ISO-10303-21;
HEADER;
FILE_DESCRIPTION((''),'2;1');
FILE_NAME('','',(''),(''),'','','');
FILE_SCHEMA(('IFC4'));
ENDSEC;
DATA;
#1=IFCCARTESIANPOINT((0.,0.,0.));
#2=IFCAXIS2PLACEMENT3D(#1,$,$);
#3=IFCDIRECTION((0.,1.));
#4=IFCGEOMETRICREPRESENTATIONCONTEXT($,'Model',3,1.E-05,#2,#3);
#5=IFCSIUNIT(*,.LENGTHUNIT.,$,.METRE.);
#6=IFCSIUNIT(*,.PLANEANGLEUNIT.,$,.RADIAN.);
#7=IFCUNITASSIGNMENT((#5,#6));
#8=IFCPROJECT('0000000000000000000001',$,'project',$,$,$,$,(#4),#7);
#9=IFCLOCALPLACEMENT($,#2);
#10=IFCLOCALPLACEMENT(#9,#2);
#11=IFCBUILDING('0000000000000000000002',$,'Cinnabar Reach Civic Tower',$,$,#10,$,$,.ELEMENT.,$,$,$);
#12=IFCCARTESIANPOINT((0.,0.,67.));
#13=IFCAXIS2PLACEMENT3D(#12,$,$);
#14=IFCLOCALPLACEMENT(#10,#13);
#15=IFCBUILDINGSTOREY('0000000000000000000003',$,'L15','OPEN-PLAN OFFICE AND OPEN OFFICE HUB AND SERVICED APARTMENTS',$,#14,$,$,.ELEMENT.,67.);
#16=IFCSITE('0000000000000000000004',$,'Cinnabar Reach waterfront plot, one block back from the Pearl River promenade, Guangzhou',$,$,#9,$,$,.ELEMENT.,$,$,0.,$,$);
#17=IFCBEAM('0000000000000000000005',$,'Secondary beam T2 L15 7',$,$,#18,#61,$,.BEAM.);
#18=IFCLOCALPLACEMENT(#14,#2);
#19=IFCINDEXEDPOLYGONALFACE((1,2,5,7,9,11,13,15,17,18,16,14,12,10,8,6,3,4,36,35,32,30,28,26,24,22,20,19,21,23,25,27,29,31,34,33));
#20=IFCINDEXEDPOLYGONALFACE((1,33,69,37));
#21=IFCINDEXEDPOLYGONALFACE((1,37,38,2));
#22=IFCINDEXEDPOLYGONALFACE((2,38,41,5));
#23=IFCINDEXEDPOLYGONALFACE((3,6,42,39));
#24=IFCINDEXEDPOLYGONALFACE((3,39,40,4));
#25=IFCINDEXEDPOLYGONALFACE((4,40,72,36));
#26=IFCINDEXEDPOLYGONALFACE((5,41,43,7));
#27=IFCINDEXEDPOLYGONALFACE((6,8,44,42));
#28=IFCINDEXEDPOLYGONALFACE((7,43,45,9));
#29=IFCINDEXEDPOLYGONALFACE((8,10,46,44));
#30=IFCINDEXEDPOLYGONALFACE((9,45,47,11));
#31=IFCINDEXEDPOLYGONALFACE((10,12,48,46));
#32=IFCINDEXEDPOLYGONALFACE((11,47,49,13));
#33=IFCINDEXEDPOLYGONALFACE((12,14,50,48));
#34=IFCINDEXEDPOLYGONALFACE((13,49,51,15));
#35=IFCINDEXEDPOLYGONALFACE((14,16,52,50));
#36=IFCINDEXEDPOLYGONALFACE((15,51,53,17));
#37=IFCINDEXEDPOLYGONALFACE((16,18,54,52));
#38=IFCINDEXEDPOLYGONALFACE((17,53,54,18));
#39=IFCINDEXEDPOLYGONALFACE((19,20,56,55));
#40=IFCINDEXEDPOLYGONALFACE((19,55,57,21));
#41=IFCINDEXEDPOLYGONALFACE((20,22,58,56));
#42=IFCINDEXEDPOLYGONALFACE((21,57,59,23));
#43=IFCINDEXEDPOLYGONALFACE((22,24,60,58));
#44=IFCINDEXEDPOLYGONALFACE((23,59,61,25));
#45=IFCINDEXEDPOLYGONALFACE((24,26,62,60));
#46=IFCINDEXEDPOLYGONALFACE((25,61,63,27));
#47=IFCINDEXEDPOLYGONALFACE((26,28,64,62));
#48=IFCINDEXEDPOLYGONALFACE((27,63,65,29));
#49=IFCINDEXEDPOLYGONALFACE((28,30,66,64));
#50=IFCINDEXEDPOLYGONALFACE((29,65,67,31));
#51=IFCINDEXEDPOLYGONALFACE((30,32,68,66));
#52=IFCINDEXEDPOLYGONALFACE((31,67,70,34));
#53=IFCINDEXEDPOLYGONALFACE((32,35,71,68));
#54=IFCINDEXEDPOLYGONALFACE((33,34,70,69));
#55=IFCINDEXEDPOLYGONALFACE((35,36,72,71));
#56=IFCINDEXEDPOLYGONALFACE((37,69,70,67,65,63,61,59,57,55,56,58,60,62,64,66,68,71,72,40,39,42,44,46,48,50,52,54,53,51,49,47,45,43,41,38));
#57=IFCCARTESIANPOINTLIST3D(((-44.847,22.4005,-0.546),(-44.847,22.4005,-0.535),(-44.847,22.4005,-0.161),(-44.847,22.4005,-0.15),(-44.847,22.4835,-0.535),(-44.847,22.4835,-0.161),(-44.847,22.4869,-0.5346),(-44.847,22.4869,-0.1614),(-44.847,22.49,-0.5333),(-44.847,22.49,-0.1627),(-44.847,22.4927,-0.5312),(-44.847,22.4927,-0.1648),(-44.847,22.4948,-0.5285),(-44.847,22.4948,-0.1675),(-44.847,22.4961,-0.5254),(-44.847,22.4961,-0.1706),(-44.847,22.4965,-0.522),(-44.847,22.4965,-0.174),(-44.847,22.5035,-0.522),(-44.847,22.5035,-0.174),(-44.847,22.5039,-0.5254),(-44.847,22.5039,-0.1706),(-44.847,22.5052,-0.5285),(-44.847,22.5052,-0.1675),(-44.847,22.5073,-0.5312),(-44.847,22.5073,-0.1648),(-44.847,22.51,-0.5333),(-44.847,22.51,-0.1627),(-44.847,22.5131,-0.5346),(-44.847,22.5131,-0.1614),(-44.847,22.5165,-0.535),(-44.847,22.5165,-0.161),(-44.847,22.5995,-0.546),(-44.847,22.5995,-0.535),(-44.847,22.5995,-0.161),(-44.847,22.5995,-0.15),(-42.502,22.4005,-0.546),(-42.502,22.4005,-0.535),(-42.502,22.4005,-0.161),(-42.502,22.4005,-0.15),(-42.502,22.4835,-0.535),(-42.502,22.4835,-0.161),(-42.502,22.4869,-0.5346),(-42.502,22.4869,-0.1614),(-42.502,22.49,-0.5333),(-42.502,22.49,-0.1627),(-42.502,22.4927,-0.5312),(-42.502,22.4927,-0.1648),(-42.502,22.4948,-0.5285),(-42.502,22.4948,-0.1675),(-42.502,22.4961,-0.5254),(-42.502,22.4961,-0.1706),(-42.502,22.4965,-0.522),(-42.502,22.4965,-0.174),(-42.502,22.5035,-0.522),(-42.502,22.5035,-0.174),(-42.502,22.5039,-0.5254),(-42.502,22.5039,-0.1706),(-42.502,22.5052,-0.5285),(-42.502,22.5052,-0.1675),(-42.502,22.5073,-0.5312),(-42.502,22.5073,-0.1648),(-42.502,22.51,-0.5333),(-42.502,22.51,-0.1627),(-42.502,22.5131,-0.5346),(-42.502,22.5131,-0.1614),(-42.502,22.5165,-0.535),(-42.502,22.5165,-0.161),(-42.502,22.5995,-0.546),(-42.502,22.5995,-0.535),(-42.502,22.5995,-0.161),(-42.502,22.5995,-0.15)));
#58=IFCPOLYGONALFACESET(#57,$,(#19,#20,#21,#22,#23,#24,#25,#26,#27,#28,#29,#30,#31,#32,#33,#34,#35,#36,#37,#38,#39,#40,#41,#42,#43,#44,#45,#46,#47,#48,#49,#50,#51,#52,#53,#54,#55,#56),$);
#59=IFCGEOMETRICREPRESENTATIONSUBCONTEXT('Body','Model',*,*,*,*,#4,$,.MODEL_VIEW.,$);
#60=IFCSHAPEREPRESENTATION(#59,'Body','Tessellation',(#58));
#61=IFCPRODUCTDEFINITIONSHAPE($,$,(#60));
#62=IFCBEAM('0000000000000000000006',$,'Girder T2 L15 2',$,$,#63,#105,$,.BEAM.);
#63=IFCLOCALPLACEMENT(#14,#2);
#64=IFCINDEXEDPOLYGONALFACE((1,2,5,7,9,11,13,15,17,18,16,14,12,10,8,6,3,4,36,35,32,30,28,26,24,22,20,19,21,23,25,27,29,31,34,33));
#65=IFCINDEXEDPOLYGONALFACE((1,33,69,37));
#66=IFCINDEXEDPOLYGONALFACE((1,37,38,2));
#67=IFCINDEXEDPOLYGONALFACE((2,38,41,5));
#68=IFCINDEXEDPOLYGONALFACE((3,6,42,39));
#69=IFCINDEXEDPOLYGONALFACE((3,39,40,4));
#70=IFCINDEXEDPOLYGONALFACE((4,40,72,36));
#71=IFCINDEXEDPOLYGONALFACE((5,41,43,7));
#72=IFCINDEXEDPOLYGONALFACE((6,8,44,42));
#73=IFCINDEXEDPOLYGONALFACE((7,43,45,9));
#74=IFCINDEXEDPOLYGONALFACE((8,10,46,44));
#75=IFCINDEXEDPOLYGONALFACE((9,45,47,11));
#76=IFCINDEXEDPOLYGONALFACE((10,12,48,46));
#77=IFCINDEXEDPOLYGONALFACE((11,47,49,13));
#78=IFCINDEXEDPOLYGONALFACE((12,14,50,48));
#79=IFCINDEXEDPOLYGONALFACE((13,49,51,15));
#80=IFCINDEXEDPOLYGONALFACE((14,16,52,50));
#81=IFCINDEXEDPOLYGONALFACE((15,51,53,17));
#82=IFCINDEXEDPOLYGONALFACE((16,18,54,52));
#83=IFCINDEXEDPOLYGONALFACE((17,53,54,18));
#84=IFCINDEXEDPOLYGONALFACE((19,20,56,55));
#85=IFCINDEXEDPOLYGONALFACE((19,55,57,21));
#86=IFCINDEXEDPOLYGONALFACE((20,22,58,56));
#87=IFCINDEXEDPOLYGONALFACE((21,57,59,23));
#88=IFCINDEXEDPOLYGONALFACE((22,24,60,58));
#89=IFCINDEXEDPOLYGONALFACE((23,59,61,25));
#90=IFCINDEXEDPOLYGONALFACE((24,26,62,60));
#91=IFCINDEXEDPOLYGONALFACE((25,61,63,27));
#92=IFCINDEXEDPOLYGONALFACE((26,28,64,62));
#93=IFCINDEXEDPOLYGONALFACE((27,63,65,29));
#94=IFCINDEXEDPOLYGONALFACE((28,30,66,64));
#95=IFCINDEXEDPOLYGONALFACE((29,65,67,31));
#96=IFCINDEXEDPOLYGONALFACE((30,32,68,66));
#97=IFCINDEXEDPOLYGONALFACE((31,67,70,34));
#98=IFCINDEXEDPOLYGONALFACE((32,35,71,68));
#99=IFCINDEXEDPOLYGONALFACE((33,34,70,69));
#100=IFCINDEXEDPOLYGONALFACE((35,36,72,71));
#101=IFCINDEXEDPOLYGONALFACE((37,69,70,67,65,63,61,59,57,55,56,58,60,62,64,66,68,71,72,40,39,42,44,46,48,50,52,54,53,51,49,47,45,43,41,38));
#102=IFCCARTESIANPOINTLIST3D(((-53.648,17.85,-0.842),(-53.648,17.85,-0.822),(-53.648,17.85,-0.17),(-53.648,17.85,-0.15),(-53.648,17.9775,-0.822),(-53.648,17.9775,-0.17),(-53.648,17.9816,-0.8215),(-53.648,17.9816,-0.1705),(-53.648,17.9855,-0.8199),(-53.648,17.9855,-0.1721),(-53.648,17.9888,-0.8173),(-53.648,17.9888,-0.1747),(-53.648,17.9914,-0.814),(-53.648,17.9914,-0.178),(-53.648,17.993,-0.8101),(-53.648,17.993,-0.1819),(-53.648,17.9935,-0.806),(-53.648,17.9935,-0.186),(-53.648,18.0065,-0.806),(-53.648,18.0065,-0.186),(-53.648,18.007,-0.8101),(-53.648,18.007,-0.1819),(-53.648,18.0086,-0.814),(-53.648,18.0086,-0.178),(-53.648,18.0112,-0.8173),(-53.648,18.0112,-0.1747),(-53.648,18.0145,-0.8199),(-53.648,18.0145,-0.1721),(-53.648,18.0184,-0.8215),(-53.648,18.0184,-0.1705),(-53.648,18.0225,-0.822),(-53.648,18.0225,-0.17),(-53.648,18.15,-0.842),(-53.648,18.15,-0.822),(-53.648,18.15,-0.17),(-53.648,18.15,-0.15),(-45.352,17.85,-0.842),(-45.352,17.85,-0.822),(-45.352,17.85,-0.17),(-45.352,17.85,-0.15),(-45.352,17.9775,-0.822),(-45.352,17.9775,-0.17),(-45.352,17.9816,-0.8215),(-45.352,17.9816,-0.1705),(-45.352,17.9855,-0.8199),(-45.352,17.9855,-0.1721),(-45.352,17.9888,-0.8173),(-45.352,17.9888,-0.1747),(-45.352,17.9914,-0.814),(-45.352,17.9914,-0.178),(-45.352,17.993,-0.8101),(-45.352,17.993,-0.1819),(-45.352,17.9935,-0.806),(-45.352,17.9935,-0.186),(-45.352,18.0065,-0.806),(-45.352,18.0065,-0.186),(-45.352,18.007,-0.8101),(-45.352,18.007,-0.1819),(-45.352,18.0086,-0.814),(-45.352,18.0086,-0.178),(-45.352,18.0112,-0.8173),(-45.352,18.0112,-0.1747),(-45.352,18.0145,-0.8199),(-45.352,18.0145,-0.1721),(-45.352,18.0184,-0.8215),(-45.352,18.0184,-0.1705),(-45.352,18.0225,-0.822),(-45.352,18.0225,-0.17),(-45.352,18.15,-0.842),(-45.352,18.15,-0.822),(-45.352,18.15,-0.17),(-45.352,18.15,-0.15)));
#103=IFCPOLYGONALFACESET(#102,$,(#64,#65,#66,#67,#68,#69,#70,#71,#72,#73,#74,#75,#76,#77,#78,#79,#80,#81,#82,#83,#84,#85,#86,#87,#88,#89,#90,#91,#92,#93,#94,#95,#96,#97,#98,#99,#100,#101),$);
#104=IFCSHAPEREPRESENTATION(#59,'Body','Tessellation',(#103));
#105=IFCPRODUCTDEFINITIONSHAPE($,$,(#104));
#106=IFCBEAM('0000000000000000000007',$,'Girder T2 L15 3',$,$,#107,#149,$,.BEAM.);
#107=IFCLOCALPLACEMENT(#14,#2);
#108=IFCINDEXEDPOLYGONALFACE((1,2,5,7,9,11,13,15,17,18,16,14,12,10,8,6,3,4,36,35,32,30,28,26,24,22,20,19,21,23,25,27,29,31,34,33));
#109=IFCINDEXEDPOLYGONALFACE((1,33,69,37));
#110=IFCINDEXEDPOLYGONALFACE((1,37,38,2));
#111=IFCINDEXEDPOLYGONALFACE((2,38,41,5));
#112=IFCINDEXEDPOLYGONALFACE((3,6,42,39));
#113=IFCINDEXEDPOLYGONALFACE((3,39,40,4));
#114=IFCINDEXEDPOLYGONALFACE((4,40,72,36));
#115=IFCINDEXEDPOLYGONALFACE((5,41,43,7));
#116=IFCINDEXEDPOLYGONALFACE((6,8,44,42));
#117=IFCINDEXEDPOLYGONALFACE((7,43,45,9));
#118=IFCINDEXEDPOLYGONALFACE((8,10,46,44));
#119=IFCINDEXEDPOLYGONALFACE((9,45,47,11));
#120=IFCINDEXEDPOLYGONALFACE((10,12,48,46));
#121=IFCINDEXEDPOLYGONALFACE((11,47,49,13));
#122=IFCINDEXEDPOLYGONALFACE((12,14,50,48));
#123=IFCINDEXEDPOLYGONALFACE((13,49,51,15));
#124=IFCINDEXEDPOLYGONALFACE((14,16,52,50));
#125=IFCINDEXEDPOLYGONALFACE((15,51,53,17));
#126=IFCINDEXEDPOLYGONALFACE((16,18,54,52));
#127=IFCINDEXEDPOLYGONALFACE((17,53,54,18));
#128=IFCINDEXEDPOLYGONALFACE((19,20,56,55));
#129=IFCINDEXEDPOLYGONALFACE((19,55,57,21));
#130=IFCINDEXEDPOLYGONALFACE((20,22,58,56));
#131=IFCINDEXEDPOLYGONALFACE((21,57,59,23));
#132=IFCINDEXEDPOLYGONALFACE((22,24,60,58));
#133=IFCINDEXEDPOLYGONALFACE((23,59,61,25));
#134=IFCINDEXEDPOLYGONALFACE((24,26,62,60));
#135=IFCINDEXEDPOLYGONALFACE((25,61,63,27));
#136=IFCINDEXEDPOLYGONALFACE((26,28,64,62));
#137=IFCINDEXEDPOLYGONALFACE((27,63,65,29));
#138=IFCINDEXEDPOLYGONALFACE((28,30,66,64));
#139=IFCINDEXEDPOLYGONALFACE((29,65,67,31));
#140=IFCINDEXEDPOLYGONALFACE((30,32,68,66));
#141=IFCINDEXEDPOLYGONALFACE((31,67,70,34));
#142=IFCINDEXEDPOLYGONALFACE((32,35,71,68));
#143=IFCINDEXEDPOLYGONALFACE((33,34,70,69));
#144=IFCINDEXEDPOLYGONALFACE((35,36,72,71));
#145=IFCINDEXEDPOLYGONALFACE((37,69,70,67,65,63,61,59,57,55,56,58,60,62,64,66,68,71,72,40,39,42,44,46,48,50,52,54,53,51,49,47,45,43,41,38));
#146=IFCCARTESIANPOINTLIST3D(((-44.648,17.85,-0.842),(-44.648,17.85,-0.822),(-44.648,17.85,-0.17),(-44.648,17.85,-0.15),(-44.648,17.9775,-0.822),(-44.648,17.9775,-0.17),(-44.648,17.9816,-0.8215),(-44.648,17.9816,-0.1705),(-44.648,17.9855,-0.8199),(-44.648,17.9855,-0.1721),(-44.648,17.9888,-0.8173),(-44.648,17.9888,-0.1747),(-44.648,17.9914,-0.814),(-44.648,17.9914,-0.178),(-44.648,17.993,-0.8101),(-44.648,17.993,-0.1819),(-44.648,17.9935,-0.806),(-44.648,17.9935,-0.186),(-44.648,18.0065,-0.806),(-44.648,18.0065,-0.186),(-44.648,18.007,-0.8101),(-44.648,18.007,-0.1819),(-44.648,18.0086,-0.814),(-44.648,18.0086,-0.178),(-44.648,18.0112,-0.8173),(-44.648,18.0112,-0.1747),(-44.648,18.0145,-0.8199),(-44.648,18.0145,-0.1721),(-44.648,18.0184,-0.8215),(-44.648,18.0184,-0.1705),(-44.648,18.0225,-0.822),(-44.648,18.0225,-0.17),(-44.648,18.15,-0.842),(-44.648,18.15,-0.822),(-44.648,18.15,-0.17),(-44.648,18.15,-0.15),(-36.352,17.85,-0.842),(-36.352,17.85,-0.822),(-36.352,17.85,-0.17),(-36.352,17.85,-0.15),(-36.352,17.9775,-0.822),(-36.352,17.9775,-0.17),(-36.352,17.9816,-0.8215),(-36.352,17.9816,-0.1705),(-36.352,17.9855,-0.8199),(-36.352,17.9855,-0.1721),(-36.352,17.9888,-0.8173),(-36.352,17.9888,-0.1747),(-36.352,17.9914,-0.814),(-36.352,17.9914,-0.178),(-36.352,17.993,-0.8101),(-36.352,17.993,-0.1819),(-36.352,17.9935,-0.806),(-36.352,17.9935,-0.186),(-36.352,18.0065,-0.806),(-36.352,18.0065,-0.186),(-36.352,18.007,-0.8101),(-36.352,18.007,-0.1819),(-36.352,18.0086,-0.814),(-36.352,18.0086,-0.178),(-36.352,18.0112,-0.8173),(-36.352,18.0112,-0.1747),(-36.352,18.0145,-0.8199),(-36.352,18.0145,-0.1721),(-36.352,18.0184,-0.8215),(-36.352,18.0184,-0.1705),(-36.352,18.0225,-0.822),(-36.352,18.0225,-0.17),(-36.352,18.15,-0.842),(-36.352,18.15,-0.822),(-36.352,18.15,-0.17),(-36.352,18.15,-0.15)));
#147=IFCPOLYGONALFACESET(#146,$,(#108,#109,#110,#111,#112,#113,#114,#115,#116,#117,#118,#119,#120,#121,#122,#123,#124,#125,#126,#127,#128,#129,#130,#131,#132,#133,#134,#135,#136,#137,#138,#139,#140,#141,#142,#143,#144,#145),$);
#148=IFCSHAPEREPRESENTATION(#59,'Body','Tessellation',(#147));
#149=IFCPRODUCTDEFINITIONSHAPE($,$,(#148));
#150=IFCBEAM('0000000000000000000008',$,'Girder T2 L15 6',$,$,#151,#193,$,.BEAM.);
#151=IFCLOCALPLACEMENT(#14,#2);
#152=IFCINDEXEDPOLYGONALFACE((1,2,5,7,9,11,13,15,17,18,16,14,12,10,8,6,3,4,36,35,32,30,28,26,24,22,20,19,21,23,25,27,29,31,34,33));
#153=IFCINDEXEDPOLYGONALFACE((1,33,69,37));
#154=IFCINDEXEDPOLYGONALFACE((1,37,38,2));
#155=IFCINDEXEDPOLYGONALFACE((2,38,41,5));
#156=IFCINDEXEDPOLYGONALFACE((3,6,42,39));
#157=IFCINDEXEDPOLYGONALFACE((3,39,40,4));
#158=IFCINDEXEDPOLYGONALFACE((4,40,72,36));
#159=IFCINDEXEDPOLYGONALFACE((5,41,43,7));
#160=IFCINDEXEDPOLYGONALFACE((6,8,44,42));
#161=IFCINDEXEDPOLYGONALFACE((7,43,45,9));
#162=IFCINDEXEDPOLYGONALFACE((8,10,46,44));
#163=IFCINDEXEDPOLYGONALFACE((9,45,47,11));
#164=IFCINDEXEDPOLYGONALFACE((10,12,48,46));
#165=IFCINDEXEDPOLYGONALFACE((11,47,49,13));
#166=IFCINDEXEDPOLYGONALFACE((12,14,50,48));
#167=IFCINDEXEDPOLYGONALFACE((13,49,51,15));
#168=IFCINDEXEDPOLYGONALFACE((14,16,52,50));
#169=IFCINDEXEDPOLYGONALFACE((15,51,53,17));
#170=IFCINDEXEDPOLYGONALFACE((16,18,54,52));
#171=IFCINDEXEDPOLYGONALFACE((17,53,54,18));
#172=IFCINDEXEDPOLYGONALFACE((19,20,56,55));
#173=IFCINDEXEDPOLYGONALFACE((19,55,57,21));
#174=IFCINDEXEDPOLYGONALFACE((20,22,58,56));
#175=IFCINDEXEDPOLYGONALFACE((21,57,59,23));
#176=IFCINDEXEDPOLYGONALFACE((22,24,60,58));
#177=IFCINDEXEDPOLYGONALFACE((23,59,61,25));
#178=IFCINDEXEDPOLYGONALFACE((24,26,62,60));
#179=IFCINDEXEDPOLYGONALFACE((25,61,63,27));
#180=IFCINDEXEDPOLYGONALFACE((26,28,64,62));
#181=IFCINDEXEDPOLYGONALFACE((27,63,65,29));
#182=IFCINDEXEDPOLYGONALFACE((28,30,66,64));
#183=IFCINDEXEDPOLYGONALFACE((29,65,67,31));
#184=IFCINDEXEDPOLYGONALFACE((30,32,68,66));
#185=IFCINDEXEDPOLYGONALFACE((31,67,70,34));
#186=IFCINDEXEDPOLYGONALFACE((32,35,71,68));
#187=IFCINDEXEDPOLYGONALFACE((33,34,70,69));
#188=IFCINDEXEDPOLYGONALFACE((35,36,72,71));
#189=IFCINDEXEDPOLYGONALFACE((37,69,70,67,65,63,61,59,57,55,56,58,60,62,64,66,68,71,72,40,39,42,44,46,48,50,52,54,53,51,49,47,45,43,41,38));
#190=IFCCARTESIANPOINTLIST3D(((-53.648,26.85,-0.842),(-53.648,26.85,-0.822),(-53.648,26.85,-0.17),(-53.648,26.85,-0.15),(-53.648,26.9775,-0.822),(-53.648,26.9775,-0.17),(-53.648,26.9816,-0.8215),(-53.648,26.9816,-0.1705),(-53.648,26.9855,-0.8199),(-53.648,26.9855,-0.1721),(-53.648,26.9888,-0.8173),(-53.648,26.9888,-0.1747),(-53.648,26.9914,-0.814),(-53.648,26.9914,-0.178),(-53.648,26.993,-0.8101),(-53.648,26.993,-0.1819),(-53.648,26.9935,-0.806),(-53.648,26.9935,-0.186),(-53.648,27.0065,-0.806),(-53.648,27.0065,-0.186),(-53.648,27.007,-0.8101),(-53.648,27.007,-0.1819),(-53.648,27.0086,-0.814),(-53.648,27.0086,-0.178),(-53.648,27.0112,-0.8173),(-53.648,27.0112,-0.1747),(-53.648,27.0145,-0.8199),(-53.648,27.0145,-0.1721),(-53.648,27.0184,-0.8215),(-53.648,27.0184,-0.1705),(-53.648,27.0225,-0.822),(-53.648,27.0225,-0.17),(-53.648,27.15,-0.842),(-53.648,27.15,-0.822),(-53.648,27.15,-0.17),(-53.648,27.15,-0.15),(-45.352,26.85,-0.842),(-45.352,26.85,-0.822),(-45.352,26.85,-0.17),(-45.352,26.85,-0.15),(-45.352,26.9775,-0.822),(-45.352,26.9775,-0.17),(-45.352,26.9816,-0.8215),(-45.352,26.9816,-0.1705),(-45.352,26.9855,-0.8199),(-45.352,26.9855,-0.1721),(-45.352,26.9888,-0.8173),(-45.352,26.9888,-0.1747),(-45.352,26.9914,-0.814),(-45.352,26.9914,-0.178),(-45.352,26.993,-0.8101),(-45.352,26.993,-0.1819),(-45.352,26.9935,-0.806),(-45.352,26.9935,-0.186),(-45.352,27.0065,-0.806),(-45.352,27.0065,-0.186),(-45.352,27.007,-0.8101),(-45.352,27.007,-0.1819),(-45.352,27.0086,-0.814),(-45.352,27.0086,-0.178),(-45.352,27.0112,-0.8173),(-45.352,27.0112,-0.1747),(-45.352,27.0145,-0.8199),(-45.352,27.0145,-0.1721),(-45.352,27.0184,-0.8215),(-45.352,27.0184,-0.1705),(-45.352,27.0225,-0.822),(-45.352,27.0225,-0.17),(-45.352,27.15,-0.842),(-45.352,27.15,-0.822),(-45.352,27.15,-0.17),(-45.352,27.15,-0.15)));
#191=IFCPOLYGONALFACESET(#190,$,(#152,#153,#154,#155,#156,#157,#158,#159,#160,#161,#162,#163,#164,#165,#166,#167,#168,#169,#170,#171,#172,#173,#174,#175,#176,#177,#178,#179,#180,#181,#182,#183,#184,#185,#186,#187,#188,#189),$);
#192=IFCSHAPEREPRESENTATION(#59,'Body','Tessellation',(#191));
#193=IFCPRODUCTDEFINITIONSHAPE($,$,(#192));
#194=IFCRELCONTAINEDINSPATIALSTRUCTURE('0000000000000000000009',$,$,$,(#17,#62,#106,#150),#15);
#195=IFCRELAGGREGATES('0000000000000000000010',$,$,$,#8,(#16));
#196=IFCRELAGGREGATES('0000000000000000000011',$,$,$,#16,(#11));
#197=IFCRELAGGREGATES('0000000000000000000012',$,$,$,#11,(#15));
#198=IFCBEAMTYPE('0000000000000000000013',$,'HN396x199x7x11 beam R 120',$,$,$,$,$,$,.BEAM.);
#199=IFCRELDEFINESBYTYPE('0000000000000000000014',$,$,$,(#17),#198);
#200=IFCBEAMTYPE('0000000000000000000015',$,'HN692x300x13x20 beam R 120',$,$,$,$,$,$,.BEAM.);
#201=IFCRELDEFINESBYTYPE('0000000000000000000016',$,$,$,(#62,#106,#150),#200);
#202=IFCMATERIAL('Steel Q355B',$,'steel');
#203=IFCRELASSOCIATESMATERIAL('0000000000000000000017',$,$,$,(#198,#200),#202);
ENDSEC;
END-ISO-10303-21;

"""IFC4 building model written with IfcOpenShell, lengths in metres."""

from ifc_helpers import new_model, si_unit, direction, frame, origin, origin_2d, place, context, subcontext, project, spatial, i_section, extrude, material, material_profile, profile_set, type_object, element, save


model = new_model("IFC4")

# Units and contexts
model_context = context("Model", 3, precision=1e-05, world=origin(), true_north=direction((0.0, 1.0)))
body_context = subcontext(model_context, "Body", "Model", "MODEL_VIEW")
ifc_project = project(units=[si_unit("LENGTHUNIT", "METRE"), si_unit("PLANEANGLEUNIT", "RADIAN")], contexts=[model_context])

# Site, building, storey
site_placement = place(None, origin())
site = spatial("IfcSite", under=ifc_project, at=site_placement, Name="Cinnabar Reach waterfront plot, one block back from the Pearl River promenade, Guangzhou", CompositionType="ELEMENT", RefElevation=0.0)
building_placement = place(site_placement, origin())
building = spatial("IfcBuilding", under=site, at=building_placement, Name="Cinnabar Reach Civic Tower", CompositionType="ELEMENT")
storey_placement = place(building_placement, frame((0.0, 0.0, 67.0)))
storey = spatial("IfcBuildingStorey", under=building, at=storey_placement, Name="L15", Description="OPEN-PLAN OFFICE AND OPEN OFFICE HUB AND SERVICED APARTMENTS", CompositionType="ELEMENT", Elevation=67.0)

# Beams
ifc_material_1 = material(Name="Steel Q355B", Category="steel")
ifc_material_profile_1 = material_profile(ifc_material_1, i_section(OverallWidth=0.199, OverallDepth=0.396, WebThickness=0.007, FlangeThickness=0.011, FilletRadius=0.013, at=origin_2d()), Name="HN396x199x7x11")
ifc_profile_set_1 = profile_set([ifc_material_profile_1], Name="Steel Q355B")
beam_type_1 = type_object("IfcBeamType", Name="HN396x199x7x11 beam R 120", PredefinedType="BEAM", material=ifc_profile_set_1)
beam_1_placement = place(storey_placement, frame((-44.847, 22.5, -0.348), z_axis=(1.0, 0.0, 0.0), x_axis=(0.0, 1.0, 0.0)))
element("IfcBeam", 1, at=beam_1_placement, inside=storey, type_object=beam_type_1, Name="Secondary beam T2 L15 7", PredefinedType="BEAM", context=body_context, shape_type="SweptSolid", body=[
    extrude(i_section(OverallWidth=0.199, OverallDepth=0.396, WebThickness=0.007, FlangeThickness=0.011, FilletRadius=0.013, at=origin_2d()), origin(), (0.0, 0.0, 1.0), 2.345),
])
ifc_material_profile_2 = material_profile(ifc_material_1, i_section(OverallWidth=0.3, OverallDepth=0.692, WebThickness=0.013, FlangeThickness=0.02, FilletRadius=0.016, at=origin_2d()), Name="HN692x300x13x20")
ifc_profile_set_2 = profile_set([ifc_material_profile_2], Name="Steel Q355B")
beam_type_2 = type_object("IfcBeamType", Name="HN692x300x13x20 beam R 120", PredefinedType="BEAM", material=ifc_profile_set_2)
for number, where, z_axis, x_axis, name in (
    (2, (-53.648, 18.0, -0.496), (1.0, 0.0, 0.0), (0.0, 1.0, 0.0), "Girder T2 L15 2"),
    (3, (-44.648, 18.0, -0.496), (1.0, 0.0, 0.0), (0.0, 1.0, 0.0), "Girder T2 L15 3"),
    (4, (-53.648, 27.0, -0.496), (1.0, 0.0, 0.0), (0.0, 1.0, 0.0), "Girder T2 L15 6"),
):
    element("IfcBeam", number, at=place(storey_placement, frame(where, z_axis=z_axis, x_axis=x_axis)), inside=storey, type_object=beam_type_2, Name=name, PredefinedType="BEAM", context=body_context, shape_type="SweptSolid", body=[
        extrude(i_section(OverallWidth=0.3, OverallDepth=0.692, WebThickness=0.013, FlangeThickness=0.02, FilletRadius=0.016, at=origin_2d()), origin(), (0.0, 0.0, 1.0), 8.296),
    ])

save(model, "model.ifc")
